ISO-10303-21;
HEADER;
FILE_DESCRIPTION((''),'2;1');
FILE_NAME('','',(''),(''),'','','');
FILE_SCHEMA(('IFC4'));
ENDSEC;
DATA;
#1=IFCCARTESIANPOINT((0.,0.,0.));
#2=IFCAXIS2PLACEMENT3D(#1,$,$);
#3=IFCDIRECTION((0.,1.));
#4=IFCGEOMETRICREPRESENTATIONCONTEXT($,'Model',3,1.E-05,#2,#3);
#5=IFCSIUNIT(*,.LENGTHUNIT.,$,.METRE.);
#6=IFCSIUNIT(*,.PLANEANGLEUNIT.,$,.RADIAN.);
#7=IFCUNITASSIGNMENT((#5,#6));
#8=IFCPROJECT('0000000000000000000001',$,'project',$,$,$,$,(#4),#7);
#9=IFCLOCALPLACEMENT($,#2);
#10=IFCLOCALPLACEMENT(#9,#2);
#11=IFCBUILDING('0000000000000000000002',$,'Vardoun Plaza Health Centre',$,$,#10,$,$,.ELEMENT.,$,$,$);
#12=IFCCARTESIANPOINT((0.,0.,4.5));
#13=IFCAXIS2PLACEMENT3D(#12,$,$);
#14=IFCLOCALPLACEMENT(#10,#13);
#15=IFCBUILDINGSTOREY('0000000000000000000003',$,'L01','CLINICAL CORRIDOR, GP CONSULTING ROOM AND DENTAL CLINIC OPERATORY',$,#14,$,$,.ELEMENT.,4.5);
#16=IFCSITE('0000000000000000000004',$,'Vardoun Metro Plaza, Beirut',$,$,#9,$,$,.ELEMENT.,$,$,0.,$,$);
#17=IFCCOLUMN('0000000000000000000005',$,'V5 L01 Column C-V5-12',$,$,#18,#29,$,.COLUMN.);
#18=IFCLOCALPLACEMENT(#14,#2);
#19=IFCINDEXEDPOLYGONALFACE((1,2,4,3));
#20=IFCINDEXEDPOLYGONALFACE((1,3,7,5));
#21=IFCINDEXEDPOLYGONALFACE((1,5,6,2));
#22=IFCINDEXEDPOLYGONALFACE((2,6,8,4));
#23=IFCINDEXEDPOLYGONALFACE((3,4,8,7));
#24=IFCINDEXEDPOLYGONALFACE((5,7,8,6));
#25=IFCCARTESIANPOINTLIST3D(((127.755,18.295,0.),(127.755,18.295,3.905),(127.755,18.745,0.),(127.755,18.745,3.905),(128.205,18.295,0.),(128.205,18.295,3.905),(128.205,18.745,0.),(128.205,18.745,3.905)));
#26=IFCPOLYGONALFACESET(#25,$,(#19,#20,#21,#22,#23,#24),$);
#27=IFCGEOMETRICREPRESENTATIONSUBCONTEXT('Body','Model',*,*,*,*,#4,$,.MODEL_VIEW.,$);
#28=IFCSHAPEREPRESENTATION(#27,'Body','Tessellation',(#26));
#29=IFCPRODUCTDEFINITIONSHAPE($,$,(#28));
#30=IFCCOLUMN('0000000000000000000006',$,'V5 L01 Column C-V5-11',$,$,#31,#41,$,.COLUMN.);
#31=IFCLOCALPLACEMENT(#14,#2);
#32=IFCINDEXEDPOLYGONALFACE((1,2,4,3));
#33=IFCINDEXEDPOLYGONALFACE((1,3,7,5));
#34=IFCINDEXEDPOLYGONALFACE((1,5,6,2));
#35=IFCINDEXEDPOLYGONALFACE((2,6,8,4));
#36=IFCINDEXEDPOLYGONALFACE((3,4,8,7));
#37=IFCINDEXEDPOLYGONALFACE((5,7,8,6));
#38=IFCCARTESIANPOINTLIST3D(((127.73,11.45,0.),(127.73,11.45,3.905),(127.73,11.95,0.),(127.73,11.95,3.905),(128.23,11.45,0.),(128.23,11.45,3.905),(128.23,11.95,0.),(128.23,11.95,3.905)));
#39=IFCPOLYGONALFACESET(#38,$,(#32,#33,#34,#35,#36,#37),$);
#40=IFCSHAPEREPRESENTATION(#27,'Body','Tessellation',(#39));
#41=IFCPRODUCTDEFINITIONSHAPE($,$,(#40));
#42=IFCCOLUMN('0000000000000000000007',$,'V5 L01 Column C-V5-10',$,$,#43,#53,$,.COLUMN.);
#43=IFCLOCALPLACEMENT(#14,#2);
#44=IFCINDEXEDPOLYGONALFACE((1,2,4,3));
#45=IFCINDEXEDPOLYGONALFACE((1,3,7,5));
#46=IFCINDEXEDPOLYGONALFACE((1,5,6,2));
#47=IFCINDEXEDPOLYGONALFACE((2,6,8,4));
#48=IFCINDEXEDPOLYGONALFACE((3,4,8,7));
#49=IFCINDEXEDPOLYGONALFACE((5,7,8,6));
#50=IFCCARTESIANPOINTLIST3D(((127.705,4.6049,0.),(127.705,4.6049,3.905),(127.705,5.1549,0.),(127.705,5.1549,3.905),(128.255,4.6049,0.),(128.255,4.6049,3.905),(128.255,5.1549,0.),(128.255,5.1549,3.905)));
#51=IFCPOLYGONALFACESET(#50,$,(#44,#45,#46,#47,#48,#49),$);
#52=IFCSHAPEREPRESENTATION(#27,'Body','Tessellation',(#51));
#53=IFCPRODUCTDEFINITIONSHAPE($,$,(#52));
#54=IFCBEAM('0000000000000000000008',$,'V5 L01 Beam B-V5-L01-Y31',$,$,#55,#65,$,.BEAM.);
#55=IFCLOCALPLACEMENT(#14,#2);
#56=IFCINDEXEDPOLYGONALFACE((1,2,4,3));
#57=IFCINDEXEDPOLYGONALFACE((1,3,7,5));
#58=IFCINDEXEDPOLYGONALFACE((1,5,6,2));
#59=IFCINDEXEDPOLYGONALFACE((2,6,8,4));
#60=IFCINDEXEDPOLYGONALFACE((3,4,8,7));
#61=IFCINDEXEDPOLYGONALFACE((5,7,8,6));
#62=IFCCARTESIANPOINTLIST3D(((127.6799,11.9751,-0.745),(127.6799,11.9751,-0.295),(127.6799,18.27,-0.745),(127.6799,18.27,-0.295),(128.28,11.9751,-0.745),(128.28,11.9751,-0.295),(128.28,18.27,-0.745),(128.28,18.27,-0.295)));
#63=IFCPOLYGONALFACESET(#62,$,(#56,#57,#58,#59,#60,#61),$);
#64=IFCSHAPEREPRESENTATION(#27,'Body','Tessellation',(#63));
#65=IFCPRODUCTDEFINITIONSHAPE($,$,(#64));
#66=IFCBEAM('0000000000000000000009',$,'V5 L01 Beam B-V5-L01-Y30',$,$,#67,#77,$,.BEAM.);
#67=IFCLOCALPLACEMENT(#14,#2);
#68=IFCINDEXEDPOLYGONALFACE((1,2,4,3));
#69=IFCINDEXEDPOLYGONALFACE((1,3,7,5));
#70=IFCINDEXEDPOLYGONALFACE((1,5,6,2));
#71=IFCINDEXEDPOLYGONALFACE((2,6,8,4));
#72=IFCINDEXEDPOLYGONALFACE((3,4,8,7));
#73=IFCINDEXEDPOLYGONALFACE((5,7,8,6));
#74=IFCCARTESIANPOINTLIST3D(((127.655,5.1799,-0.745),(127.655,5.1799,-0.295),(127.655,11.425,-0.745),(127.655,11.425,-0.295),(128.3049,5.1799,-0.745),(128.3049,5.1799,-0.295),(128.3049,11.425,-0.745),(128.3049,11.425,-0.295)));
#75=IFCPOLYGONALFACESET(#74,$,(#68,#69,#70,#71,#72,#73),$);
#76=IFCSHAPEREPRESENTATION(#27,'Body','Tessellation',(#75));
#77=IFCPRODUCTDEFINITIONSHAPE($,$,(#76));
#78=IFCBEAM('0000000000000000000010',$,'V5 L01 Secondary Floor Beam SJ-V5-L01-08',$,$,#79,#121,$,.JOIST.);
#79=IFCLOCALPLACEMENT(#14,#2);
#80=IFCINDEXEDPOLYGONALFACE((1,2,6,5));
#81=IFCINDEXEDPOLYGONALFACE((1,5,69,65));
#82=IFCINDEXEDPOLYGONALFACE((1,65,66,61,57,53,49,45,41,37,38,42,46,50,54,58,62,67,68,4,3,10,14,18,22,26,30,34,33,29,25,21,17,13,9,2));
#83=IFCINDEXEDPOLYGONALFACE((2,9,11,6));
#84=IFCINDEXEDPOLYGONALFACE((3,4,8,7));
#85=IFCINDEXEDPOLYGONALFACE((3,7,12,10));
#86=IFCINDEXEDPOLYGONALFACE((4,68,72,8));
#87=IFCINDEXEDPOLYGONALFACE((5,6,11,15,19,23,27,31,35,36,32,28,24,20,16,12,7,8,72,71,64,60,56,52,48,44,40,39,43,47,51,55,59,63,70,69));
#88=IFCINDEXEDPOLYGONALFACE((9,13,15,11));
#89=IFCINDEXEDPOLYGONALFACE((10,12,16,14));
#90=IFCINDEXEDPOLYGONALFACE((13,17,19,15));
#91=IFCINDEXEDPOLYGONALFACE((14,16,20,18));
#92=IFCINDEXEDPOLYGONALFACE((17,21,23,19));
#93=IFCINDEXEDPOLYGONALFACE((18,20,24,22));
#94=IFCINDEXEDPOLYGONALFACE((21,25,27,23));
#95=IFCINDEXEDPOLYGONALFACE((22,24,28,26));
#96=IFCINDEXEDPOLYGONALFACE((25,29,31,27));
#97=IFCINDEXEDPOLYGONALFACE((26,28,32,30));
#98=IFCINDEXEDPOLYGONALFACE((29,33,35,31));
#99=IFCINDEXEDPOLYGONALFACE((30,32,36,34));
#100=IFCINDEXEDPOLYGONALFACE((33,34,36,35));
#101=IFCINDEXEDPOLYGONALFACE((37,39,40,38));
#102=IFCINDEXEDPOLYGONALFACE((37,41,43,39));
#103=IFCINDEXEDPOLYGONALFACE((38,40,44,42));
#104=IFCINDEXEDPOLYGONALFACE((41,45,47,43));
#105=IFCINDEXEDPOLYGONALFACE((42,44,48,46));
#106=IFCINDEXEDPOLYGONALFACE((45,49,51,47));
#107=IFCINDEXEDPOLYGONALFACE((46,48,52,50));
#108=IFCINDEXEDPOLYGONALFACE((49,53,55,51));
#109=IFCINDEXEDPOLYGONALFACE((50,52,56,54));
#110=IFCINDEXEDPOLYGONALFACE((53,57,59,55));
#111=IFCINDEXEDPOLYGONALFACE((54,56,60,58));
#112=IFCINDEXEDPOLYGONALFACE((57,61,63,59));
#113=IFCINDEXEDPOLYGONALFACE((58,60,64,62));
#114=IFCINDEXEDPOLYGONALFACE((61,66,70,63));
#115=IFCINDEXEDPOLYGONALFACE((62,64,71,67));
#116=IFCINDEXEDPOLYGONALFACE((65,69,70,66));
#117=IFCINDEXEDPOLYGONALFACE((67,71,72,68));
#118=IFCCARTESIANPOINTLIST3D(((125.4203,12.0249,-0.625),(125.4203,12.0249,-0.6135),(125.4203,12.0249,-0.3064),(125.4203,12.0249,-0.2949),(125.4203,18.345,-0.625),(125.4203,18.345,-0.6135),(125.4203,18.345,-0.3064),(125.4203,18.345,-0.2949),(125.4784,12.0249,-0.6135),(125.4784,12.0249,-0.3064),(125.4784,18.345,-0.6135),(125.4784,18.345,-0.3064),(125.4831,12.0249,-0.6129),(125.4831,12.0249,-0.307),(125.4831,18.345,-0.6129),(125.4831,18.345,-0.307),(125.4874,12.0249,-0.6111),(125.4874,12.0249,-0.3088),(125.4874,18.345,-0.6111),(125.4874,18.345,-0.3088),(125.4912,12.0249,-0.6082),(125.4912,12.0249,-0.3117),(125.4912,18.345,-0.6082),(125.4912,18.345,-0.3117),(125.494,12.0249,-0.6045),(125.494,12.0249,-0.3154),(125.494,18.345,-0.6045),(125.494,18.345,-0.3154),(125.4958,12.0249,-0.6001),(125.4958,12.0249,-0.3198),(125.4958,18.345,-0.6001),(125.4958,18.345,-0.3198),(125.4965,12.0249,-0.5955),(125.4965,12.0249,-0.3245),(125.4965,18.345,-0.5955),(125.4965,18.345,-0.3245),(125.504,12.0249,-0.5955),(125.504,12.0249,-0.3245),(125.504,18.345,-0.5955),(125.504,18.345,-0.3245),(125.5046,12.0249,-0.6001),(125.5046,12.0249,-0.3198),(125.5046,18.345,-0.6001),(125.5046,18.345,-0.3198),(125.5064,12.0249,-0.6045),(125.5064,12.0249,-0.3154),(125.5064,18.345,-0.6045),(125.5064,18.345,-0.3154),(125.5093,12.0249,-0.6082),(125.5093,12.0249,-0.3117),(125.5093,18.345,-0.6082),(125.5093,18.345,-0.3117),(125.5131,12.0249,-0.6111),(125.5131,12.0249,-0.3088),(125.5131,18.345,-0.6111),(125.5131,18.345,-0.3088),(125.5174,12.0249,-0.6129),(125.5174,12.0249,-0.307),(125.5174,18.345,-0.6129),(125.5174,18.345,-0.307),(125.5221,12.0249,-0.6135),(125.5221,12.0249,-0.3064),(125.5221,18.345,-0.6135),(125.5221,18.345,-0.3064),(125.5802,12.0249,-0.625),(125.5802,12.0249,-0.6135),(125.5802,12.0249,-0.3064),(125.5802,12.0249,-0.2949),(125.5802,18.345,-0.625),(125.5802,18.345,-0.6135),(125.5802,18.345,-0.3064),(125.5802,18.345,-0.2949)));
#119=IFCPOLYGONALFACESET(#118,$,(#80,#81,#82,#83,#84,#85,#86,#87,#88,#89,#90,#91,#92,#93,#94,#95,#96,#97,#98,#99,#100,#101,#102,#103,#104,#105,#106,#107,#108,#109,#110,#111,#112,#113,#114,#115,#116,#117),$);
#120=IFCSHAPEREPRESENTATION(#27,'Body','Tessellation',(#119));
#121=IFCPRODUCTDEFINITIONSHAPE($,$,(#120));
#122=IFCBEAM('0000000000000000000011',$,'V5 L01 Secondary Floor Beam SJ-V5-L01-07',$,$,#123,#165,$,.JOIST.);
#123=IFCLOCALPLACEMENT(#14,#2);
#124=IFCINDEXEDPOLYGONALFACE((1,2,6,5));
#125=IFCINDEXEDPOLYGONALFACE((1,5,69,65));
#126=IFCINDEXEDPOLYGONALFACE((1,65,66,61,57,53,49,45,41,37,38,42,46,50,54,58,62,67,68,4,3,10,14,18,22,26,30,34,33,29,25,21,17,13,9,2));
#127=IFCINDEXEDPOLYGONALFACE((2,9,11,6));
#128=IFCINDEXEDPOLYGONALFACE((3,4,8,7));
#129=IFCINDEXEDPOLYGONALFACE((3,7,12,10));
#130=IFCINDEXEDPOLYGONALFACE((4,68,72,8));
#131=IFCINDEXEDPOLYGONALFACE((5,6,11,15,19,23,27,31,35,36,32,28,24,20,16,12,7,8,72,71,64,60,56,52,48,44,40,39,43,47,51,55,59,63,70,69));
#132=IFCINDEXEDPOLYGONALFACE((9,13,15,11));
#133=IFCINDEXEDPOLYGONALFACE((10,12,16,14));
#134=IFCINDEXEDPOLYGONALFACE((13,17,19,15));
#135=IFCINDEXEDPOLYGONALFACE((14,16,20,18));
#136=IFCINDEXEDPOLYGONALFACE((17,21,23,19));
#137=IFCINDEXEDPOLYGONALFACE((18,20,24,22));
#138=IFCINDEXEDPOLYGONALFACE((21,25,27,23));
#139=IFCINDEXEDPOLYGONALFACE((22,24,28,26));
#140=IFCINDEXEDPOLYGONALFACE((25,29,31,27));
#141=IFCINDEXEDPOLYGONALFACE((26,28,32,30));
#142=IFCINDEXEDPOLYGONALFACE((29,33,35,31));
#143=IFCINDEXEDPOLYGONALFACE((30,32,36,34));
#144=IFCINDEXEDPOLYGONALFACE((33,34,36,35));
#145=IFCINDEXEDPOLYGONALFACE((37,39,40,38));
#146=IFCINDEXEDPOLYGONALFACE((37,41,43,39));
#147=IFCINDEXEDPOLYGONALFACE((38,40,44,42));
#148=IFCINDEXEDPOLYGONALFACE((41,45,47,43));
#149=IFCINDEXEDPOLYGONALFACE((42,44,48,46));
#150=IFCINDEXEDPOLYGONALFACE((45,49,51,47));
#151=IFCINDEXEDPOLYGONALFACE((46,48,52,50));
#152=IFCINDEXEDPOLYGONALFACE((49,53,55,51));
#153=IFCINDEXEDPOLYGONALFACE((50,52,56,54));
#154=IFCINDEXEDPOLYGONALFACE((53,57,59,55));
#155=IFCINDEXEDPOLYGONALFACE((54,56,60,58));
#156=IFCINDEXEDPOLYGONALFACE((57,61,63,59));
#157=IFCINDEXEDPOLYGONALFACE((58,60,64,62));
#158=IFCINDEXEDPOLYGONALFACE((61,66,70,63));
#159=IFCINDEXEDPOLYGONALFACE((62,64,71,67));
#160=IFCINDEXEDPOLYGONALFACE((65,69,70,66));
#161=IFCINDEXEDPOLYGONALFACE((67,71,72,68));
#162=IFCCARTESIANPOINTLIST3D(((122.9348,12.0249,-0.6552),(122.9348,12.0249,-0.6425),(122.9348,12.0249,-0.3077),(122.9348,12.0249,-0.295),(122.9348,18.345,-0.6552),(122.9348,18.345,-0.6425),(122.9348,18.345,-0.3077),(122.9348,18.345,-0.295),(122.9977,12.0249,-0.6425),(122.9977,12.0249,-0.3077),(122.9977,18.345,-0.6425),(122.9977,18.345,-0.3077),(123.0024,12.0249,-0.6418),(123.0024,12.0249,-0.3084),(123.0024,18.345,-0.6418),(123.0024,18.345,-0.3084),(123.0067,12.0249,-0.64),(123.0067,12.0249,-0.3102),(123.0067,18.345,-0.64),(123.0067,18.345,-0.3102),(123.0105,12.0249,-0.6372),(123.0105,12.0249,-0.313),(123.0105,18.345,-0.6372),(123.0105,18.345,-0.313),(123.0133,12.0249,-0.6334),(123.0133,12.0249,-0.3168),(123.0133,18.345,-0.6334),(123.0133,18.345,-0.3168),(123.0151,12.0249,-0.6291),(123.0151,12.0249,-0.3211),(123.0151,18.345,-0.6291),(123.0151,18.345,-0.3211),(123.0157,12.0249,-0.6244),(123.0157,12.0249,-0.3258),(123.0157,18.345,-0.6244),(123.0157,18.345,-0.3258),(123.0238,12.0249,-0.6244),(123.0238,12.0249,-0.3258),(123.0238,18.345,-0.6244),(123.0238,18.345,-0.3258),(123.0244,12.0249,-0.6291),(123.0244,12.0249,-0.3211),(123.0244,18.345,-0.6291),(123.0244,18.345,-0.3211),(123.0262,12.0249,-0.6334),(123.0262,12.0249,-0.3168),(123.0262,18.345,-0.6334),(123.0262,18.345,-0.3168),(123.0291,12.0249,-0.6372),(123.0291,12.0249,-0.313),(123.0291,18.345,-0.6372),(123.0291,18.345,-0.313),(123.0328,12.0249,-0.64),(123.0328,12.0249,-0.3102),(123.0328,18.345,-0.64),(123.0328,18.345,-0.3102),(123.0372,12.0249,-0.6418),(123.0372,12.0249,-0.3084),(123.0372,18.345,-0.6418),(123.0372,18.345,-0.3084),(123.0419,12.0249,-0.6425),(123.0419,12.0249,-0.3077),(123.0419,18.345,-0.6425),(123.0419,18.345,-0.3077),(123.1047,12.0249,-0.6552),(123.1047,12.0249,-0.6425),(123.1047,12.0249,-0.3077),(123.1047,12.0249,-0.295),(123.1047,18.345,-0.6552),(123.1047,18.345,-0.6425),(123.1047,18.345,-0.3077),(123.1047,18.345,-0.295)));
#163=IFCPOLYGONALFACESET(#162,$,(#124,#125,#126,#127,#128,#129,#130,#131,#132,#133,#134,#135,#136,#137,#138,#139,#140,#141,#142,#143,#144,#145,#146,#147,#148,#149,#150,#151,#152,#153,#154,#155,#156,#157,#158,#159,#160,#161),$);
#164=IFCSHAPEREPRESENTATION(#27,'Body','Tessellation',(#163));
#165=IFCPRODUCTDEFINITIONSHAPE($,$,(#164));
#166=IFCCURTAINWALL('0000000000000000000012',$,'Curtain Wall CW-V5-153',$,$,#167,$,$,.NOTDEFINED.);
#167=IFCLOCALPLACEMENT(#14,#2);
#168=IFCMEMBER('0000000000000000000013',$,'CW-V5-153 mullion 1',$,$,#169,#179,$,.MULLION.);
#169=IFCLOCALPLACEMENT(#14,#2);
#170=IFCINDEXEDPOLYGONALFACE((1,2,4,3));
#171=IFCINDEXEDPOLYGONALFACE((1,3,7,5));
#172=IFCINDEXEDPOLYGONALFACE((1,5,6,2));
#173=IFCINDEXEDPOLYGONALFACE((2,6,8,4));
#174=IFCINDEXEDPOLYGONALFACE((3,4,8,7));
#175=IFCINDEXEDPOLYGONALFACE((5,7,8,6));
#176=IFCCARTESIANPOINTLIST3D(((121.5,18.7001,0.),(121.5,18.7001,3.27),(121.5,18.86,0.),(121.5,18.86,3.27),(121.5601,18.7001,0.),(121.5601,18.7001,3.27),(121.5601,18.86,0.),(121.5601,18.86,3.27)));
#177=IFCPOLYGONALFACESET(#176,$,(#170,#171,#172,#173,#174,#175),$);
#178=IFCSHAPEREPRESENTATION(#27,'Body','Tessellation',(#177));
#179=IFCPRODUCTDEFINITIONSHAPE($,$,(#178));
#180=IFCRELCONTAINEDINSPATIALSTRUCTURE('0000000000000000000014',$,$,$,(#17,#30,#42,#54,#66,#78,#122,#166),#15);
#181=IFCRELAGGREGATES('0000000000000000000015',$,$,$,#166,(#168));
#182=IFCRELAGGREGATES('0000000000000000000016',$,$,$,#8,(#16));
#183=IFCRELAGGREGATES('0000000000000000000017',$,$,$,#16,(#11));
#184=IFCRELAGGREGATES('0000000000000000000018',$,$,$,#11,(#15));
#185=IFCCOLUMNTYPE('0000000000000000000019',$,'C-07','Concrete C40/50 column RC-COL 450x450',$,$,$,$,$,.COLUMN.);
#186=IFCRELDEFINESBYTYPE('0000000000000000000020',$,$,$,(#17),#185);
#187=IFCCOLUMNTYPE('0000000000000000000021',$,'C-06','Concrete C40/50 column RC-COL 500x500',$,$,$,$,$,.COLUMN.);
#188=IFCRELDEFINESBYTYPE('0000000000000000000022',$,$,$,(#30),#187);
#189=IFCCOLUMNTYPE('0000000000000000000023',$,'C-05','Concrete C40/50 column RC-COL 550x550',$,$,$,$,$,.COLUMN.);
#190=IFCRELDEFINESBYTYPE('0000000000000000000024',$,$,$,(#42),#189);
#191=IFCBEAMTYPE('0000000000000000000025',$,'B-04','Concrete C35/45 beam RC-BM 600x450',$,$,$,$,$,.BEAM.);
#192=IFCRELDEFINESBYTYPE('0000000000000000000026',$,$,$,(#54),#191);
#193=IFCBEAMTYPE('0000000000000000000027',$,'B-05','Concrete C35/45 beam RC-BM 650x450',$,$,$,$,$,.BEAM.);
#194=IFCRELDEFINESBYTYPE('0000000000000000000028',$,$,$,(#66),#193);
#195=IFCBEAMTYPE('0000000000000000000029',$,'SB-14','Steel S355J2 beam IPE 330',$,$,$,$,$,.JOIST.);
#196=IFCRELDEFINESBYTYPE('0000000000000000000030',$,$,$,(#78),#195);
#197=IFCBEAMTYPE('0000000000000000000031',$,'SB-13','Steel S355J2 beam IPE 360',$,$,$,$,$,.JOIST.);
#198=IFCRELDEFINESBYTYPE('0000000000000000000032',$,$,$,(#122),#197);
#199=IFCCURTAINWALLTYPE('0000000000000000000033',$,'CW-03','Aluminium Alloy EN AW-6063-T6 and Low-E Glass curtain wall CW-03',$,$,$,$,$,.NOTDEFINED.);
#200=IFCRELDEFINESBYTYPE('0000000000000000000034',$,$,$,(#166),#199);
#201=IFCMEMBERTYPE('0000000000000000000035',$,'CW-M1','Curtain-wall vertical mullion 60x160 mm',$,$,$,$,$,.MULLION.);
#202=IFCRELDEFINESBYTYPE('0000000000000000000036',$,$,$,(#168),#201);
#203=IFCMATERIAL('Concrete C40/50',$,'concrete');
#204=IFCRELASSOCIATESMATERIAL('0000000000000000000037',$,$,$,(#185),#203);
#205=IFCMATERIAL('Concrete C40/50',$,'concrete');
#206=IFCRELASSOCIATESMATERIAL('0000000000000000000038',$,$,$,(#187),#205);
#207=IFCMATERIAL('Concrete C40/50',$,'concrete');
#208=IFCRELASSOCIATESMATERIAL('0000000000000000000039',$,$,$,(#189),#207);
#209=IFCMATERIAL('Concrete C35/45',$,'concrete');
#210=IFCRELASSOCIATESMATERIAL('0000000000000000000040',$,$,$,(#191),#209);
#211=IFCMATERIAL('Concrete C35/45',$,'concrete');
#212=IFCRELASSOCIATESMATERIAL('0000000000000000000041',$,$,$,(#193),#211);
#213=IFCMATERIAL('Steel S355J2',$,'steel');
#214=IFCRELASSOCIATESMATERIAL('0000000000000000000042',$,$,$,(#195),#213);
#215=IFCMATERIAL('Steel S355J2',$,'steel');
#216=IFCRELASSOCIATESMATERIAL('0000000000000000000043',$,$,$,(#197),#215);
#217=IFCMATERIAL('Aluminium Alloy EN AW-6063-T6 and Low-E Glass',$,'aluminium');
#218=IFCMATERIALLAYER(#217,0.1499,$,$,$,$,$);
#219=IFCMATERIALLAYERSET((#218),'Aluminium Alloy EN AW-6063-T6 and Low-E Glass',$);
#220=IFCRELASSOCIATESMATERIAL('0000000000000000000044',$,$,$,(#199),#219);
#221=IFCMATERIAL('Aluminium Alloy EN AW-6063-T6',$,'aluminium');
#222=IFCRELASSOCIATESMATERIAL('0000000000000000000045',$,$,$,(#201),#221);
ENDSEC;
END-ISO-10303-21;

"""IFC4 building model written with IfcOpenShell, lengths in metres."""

from ifc_helpers import new_model, si_unit, direction, frame, origin, origin_2d, place, context, subcontext, project, spatial, rectangle, i_section, extrude, material, layer, layer_set, material_profile, profile_set, type_object, element, aggregate, save


model = new_model("IFC4")

# Units and contexts
model_context = context("Model", 3, precision=1e-05, world=origin(), true_north=direction((0.0, 1.0)))
body_context = subcontext(model_context, "Body", "Model", "MODEL_VIEW")
ifc_project = project(units=[si_unit("LENGTHUNIT", "METRE"), si_unit("PLANEANGLEUNIT", "RADIAN")], contexts=[model_context])

# Site, building, storey
site_placement = place(None, origin())
site = spatial("IfcSite", under=ifc_project, at=site_placement, Name="Vardoun Metro Plaza, Beirut", CompositionType="ELEMENT", RefElevation=0.0)
building_placement = place(site_placement, origin())
building = spatial("IfcBuilding", under=site, at=building_placement, Name="Vardoun Plaza Health Centre", CompositionType="ELEMENT")
storey_placement = place(building_placement, frame((0.0, 0.0, 4.5)))
storey = spatial("IfcBuildingStorey", under=building, at=storey_placement, Name="L01", Description="CLINICAL CORRIDOR, GP CONSULTING ROOM AND DENTAL CLINIC OPERATORY", CompositionType="ELEMENT", Elevation=4.5)

# Columns
ifc_material_1 = material(Name="Concrete C40/50", Category="concrete")
ifc_material_profile_1 = material_profile(ifc_material_1, rectangle(XDim=0.45, YDim=0.45, at=origin_2d()), Name="RC-COL 450x450")
ifc_profile_set_1 = profile_set([ifc_material_profile_1], Name="Concrete C40/50")
column_type_1 = type_object("IfcColumnType", Name="C-07", Description="Concrete C40/50 column RC-COL 450x450", PredefinedType="COLUMN", material=ifc_profile_set_1)
column_1_placement = place(storey_placement, frame((127.98, 18.52, 0.0), z_axis=(0.0, 0.0, 1.0), x_axis=(1.0, 0.0, 0.0)))
element("IfcColumn", 1, at=column_1_placement, inside=storey, type_object=column_type_1, Name="V5 L01 Column C-V5-12", PredefinedType="COLUMN", context=body_context, shape_type="SweptSolid", body=[
    extrude(rectangle(XDim=0.45, YDim=0.45, at=origin_2d()), origin(), (0.0, 0.0, 1.0), 3.905),
])
ifc_material_2 = material(Name="Concrete C40/50", Category="concrete")
ifc_material_profile_2 = material_profile(ifc_material_2, rectangle(XDim=0.5, YDim=0.5, at=origin_2d()), Name="RC-COL 500x500")
ifc_profile_set_2 = profile_set([ifc_material_profile_2], Name="Concrete C40/50")
column_type_2 = type_object("IfcColumnType", Name="C-06", Description="Concrete C40/50 column RC-COL 500x500", PredefinedType="COLUMN", material=ifc_profile_set_2)
column_2_placement = place(storey_placement, frame((127.98, 11.7, 0.0), z_axis=(0.0, 0.0, 1.0), x_axis=(1.0, 0.0, 0.0)))
element("IfcColumn", 2, at=column_2_placement, inside=storey, type_object=column_type_2, Name="V5 L01 Column C-V5-11", PredefinedType="COLUMN", context=body_context, shape_type="SweptSolid", body=[
    extrude(rectangle(XDim=0.5, YDim=0.5, at=origin_2d()), origin(), (0.0, 0.0, 1.0), 3.905),
])
ifc_material_3 = material(Name="Concrete C40/50", Category="concrete")
ifc_material_profile_3 = material_profile(ifc_material_3, rectangle(XDim=0.55, YDim=0.55, at=origin_2d()), Name="RC-COL 550x550")
ifc_profile_set_3 = profile_set([ifc_material_profile_3], Name="Concrete C40/50")
column_type_3 = type_object("IfcColumnType", Name="C-05", Description="Concrete C40/50 column RC-COL 550x550", PredefinedType="COLUMN", material=ifc_profile_set_3)
column_3_placement = place(storey_placement, frame((127.98, 4.8799, 0.0), z_axis=(0.0, 0.0, 1.0), x_axis=(1.0, 0.0, 0.0)))
element("IfcColumn", 3, at=column_3_placement, inside=storey, type_object=column_type_3, Name="V5 L01 Column C-V5-10", PredefinedType="COLUMN", context=body_context, shape_type="SweptSolid", body=[
    extrude(rectangle(XDim=0.55, YDim=0.55, at=origin_2d()), origin(), (0.0, 0.0, 1.0), 3.905),
])

# Beams
ifc_material_4 = material(Name="Concrete C35/45", Category="concrete")
ifc_material_profile_4 = material_profile(ifc_material_4, rectangle(XDim=0.6001, YDim=0.45, at=origin_2d()), Name="RC-BM 600x450")
ifc_profile_set_4 = profile_set([ifc_material_profile_4], Name="Concrete C35/45")
beam_type_1 = type_object("IfcBeamType", Name="B-04", Description="Concrete C35/45 beam RC-BM 600x450", PredefinedType="BEAM", material=ifc_profile_set_4)
beam_1_placement = place(storey_placement, frame((127.98, 11.9751, -0.52), z_axis=(0.0, 1.0, 0.0), x_axis=(-1.0, 0.0, 0.0)))
element("IfcBeam", 4, at=beam_1_placement, inside=storey, type_object=beam_type_1, Name="V5 L01 Beam B-V5-L01-Y31", PredefinedType="BEAM", context=body_context, shape_type="SweptSolid", body=[
    extrude(rectangle(XDim=0.6001, YDim=0.45, at=origin_2d()), origin(), (0.0, 0.0, 1.0), 6.2949),
])
ifc_material_5 = material(Name="Concrete C35/45", Category="concrete")
ifc_material_profile_5 = material_profile(ifc_material_5, rectangle(XDim=0.6499, YDim=0.45, at=origin_2d()), Name="RC-BM 650x450")
ifc_profile_set_5 = profile_set([ifc_material_profile_5], Name="Concrete C35/45")
beam_type_2 = type_object("IfcBeamType", Name="B-05", Description="Concrete C35/45 beam RC-BM 650x450", PredefinedType="BEAM", material=ifc_profile_set_5)
beam_2_placement = place(storey_placement, frame((127.98, 5.1799, -0.52), z_axis=(0.0, 1.0, 0.0), x_axis=(-1.0, 0.0, 0.0)))
element("IfcBeam", 5, at=beam_2_placement, inside=storey, type_object=beam_type_2, Name="V5 L01 Beam B-V5-L01-Y30", PredefinedType="BEAM", context=body_context, shape_type="SweptSolid", body=[
    extrude(rectangle(XDim=0.6499, YDim=0.45, at=origin_2d()), origin(), (0.0, 0.0, 1.0), 6.2451),
])
ifc_material_6 = material(Name="Steel S355J2", Category="steel")
ifc_material_profile_6 = material_profile(ifc_material_6, i_section(OverallWidth=0.1599, OverallDepth=0.3301, WebThickness=0.0076, FlangeThickness=0.0115, FilletRadius=0.0181, at=origin_2d()), Name="IPE 330")
ifc_profile_set_6 = profile_set([ifc_material_profile_6], Name="Steel S355J2")
beam_type_3 = type_object("IfcBeamType", Name="SB-14", Description="Steel S355J2 beam IPE 330", PredefinedType="JOIST", material=ifc_profile_set_6)
beam_3_placement = place(storey_placement, frame((125.5002, 12.0249, -0.46), z_axis=(0.0, 1.0, 0.0), x_axis=(-1.0, 0.0, 0.0)))
element("IfcBeam", 6, at=beam_3_placement, inside=storey, type_object=beam_type_3, Name="V5 L01 Secondary Floor Beam SJ-V5-L01-08", PredefinedType="JOIST", context=body_context, shape_type="SweptSolid", body=[
    extrude(i_section(OverallWidth=0.1599, OverallDepth=0.3301, WebThickness=0.0076, FlangeThickness=0.0115, FilletRadius=0.0181, at=origin_2d()), origin(), (0.0, 0.0, 1.0), 6.3201),
])
ifc_material_7 = material(Name="Steel S355J2", Category="steel")
ifc_material_profile_7 = material_profile(ifc_material_7, i_section(OverallWidth=0.1699, OverallDepth=0.3601, WebThickness=0.0081, FlangeThickness=0.0127, FilletRadius=0.0181, at=origin_2d()), Name="IPE 360")
ifc_profile_set_7 = profile_set([ifc_material_profile_7], Name="Steel S355J2")
beam_type_4 = type_object("IfcBeamType", Name="SB-13", Description="Steel S355J2 beam IPE 360", PredefinedType="JOIST", material=ifc_profile_set_7)
beam_4_placement = place(storey_placement, frame((123.0198, 12.0249, -0.4751), z_axis=(0.0, 1.0, 0.0), x_axis=(-1.0, 0.0, 0.0)))
element("IfcBeam", 7, at=beam_4_placement, inside=storey, type_object=beam_type_4, Name="V5 L01 Secondary Floor Beam SJ-V5-L01-07", PredefinedType="JOIST", context=body_context, shape_type="SweptSolid", body=[
    extrude(i_section(OverallWidth=0.1699, OverallDepth=0.3601, WebThickness=0.0081, FlangeThickness=0.0127, FilletRadius=0.0181, at=origin_2d()), origin(), (0.0, 0.0, 1.0), 6.3201),
])

# Curtain wall, member
ifc_material_8 = material(Name="Aluminium Alloy EN AW-6063-T6 and Low-E Glass", Category="aluminium")
ifc_layer_1 = layer(ifc_material_8, 0.1499)
ifc_layer_set_1 = layer_set([ifc_layer_1], Name="Aluminium Alloy EN AW-6063-T6 and Low-E Glass")
curtain_wall_type = type_object("IfcCurtainWallType", Name="CW-03", Description="Aluminium Alloy EN AW-6063-T6 and Low-E Glass curtain wall CW-03", PredefinedType="NOTDEFINED", material=ifc_layer_set_1)
curtain_wall_placement = place(storey_placement, origin())
curtain_wall = element("IfcCurtainWall", 8, at=curtain_wall_placement, inside=storey, type_object=curtain_wall_type, Name="Curtain Wall CW-V5-153", PredefinedType="NOTDEFINED")
ifc_material_9 = material(Name="Aluminium Alloy EN AW-6063-T6", Category="aluminium")
ifc_material_profile_8 = material_profile(ifc_material_9, rectangle(XDim=0.1599, YDim=0.0601, at=origin_2d()), Name="CWM 60x160")
ifc_profile_set_8 = profile_set([ifc_material_profile_8], Name="Aluminium Alloy EN AW-6063-T6")
member_type_1 = type_object("IfcMemberType", Name="CW-M1", Description="Curtain-wall vertical mullion 60x160 mm", PredefinedType="MULLION", material=ifc_profile_set_8)
member_1_placement = place(storey_placement, frame((121.53, 18.78, 0.0), z_axis=(0.0, 0.0, 1.0), x_axis=(0.0, 1.0, 0.0)))
member_1 = element("IfcMember", 9, at=member_1_placement, type_object=member_type_1, Name="CW-V5-153 mullion 1", PredefinedType="MULLION", context=body_context, shape_type="SweptSolid", body=[
    extrude(rectangle(XDim=0.1599, YDim=0.0601, at=origin_2d()), origin(), (0.0, 0.0, 1.0), 3.27),
])
aggregate(curtain_wall, [member_1])

save(model, "model.ifc")
